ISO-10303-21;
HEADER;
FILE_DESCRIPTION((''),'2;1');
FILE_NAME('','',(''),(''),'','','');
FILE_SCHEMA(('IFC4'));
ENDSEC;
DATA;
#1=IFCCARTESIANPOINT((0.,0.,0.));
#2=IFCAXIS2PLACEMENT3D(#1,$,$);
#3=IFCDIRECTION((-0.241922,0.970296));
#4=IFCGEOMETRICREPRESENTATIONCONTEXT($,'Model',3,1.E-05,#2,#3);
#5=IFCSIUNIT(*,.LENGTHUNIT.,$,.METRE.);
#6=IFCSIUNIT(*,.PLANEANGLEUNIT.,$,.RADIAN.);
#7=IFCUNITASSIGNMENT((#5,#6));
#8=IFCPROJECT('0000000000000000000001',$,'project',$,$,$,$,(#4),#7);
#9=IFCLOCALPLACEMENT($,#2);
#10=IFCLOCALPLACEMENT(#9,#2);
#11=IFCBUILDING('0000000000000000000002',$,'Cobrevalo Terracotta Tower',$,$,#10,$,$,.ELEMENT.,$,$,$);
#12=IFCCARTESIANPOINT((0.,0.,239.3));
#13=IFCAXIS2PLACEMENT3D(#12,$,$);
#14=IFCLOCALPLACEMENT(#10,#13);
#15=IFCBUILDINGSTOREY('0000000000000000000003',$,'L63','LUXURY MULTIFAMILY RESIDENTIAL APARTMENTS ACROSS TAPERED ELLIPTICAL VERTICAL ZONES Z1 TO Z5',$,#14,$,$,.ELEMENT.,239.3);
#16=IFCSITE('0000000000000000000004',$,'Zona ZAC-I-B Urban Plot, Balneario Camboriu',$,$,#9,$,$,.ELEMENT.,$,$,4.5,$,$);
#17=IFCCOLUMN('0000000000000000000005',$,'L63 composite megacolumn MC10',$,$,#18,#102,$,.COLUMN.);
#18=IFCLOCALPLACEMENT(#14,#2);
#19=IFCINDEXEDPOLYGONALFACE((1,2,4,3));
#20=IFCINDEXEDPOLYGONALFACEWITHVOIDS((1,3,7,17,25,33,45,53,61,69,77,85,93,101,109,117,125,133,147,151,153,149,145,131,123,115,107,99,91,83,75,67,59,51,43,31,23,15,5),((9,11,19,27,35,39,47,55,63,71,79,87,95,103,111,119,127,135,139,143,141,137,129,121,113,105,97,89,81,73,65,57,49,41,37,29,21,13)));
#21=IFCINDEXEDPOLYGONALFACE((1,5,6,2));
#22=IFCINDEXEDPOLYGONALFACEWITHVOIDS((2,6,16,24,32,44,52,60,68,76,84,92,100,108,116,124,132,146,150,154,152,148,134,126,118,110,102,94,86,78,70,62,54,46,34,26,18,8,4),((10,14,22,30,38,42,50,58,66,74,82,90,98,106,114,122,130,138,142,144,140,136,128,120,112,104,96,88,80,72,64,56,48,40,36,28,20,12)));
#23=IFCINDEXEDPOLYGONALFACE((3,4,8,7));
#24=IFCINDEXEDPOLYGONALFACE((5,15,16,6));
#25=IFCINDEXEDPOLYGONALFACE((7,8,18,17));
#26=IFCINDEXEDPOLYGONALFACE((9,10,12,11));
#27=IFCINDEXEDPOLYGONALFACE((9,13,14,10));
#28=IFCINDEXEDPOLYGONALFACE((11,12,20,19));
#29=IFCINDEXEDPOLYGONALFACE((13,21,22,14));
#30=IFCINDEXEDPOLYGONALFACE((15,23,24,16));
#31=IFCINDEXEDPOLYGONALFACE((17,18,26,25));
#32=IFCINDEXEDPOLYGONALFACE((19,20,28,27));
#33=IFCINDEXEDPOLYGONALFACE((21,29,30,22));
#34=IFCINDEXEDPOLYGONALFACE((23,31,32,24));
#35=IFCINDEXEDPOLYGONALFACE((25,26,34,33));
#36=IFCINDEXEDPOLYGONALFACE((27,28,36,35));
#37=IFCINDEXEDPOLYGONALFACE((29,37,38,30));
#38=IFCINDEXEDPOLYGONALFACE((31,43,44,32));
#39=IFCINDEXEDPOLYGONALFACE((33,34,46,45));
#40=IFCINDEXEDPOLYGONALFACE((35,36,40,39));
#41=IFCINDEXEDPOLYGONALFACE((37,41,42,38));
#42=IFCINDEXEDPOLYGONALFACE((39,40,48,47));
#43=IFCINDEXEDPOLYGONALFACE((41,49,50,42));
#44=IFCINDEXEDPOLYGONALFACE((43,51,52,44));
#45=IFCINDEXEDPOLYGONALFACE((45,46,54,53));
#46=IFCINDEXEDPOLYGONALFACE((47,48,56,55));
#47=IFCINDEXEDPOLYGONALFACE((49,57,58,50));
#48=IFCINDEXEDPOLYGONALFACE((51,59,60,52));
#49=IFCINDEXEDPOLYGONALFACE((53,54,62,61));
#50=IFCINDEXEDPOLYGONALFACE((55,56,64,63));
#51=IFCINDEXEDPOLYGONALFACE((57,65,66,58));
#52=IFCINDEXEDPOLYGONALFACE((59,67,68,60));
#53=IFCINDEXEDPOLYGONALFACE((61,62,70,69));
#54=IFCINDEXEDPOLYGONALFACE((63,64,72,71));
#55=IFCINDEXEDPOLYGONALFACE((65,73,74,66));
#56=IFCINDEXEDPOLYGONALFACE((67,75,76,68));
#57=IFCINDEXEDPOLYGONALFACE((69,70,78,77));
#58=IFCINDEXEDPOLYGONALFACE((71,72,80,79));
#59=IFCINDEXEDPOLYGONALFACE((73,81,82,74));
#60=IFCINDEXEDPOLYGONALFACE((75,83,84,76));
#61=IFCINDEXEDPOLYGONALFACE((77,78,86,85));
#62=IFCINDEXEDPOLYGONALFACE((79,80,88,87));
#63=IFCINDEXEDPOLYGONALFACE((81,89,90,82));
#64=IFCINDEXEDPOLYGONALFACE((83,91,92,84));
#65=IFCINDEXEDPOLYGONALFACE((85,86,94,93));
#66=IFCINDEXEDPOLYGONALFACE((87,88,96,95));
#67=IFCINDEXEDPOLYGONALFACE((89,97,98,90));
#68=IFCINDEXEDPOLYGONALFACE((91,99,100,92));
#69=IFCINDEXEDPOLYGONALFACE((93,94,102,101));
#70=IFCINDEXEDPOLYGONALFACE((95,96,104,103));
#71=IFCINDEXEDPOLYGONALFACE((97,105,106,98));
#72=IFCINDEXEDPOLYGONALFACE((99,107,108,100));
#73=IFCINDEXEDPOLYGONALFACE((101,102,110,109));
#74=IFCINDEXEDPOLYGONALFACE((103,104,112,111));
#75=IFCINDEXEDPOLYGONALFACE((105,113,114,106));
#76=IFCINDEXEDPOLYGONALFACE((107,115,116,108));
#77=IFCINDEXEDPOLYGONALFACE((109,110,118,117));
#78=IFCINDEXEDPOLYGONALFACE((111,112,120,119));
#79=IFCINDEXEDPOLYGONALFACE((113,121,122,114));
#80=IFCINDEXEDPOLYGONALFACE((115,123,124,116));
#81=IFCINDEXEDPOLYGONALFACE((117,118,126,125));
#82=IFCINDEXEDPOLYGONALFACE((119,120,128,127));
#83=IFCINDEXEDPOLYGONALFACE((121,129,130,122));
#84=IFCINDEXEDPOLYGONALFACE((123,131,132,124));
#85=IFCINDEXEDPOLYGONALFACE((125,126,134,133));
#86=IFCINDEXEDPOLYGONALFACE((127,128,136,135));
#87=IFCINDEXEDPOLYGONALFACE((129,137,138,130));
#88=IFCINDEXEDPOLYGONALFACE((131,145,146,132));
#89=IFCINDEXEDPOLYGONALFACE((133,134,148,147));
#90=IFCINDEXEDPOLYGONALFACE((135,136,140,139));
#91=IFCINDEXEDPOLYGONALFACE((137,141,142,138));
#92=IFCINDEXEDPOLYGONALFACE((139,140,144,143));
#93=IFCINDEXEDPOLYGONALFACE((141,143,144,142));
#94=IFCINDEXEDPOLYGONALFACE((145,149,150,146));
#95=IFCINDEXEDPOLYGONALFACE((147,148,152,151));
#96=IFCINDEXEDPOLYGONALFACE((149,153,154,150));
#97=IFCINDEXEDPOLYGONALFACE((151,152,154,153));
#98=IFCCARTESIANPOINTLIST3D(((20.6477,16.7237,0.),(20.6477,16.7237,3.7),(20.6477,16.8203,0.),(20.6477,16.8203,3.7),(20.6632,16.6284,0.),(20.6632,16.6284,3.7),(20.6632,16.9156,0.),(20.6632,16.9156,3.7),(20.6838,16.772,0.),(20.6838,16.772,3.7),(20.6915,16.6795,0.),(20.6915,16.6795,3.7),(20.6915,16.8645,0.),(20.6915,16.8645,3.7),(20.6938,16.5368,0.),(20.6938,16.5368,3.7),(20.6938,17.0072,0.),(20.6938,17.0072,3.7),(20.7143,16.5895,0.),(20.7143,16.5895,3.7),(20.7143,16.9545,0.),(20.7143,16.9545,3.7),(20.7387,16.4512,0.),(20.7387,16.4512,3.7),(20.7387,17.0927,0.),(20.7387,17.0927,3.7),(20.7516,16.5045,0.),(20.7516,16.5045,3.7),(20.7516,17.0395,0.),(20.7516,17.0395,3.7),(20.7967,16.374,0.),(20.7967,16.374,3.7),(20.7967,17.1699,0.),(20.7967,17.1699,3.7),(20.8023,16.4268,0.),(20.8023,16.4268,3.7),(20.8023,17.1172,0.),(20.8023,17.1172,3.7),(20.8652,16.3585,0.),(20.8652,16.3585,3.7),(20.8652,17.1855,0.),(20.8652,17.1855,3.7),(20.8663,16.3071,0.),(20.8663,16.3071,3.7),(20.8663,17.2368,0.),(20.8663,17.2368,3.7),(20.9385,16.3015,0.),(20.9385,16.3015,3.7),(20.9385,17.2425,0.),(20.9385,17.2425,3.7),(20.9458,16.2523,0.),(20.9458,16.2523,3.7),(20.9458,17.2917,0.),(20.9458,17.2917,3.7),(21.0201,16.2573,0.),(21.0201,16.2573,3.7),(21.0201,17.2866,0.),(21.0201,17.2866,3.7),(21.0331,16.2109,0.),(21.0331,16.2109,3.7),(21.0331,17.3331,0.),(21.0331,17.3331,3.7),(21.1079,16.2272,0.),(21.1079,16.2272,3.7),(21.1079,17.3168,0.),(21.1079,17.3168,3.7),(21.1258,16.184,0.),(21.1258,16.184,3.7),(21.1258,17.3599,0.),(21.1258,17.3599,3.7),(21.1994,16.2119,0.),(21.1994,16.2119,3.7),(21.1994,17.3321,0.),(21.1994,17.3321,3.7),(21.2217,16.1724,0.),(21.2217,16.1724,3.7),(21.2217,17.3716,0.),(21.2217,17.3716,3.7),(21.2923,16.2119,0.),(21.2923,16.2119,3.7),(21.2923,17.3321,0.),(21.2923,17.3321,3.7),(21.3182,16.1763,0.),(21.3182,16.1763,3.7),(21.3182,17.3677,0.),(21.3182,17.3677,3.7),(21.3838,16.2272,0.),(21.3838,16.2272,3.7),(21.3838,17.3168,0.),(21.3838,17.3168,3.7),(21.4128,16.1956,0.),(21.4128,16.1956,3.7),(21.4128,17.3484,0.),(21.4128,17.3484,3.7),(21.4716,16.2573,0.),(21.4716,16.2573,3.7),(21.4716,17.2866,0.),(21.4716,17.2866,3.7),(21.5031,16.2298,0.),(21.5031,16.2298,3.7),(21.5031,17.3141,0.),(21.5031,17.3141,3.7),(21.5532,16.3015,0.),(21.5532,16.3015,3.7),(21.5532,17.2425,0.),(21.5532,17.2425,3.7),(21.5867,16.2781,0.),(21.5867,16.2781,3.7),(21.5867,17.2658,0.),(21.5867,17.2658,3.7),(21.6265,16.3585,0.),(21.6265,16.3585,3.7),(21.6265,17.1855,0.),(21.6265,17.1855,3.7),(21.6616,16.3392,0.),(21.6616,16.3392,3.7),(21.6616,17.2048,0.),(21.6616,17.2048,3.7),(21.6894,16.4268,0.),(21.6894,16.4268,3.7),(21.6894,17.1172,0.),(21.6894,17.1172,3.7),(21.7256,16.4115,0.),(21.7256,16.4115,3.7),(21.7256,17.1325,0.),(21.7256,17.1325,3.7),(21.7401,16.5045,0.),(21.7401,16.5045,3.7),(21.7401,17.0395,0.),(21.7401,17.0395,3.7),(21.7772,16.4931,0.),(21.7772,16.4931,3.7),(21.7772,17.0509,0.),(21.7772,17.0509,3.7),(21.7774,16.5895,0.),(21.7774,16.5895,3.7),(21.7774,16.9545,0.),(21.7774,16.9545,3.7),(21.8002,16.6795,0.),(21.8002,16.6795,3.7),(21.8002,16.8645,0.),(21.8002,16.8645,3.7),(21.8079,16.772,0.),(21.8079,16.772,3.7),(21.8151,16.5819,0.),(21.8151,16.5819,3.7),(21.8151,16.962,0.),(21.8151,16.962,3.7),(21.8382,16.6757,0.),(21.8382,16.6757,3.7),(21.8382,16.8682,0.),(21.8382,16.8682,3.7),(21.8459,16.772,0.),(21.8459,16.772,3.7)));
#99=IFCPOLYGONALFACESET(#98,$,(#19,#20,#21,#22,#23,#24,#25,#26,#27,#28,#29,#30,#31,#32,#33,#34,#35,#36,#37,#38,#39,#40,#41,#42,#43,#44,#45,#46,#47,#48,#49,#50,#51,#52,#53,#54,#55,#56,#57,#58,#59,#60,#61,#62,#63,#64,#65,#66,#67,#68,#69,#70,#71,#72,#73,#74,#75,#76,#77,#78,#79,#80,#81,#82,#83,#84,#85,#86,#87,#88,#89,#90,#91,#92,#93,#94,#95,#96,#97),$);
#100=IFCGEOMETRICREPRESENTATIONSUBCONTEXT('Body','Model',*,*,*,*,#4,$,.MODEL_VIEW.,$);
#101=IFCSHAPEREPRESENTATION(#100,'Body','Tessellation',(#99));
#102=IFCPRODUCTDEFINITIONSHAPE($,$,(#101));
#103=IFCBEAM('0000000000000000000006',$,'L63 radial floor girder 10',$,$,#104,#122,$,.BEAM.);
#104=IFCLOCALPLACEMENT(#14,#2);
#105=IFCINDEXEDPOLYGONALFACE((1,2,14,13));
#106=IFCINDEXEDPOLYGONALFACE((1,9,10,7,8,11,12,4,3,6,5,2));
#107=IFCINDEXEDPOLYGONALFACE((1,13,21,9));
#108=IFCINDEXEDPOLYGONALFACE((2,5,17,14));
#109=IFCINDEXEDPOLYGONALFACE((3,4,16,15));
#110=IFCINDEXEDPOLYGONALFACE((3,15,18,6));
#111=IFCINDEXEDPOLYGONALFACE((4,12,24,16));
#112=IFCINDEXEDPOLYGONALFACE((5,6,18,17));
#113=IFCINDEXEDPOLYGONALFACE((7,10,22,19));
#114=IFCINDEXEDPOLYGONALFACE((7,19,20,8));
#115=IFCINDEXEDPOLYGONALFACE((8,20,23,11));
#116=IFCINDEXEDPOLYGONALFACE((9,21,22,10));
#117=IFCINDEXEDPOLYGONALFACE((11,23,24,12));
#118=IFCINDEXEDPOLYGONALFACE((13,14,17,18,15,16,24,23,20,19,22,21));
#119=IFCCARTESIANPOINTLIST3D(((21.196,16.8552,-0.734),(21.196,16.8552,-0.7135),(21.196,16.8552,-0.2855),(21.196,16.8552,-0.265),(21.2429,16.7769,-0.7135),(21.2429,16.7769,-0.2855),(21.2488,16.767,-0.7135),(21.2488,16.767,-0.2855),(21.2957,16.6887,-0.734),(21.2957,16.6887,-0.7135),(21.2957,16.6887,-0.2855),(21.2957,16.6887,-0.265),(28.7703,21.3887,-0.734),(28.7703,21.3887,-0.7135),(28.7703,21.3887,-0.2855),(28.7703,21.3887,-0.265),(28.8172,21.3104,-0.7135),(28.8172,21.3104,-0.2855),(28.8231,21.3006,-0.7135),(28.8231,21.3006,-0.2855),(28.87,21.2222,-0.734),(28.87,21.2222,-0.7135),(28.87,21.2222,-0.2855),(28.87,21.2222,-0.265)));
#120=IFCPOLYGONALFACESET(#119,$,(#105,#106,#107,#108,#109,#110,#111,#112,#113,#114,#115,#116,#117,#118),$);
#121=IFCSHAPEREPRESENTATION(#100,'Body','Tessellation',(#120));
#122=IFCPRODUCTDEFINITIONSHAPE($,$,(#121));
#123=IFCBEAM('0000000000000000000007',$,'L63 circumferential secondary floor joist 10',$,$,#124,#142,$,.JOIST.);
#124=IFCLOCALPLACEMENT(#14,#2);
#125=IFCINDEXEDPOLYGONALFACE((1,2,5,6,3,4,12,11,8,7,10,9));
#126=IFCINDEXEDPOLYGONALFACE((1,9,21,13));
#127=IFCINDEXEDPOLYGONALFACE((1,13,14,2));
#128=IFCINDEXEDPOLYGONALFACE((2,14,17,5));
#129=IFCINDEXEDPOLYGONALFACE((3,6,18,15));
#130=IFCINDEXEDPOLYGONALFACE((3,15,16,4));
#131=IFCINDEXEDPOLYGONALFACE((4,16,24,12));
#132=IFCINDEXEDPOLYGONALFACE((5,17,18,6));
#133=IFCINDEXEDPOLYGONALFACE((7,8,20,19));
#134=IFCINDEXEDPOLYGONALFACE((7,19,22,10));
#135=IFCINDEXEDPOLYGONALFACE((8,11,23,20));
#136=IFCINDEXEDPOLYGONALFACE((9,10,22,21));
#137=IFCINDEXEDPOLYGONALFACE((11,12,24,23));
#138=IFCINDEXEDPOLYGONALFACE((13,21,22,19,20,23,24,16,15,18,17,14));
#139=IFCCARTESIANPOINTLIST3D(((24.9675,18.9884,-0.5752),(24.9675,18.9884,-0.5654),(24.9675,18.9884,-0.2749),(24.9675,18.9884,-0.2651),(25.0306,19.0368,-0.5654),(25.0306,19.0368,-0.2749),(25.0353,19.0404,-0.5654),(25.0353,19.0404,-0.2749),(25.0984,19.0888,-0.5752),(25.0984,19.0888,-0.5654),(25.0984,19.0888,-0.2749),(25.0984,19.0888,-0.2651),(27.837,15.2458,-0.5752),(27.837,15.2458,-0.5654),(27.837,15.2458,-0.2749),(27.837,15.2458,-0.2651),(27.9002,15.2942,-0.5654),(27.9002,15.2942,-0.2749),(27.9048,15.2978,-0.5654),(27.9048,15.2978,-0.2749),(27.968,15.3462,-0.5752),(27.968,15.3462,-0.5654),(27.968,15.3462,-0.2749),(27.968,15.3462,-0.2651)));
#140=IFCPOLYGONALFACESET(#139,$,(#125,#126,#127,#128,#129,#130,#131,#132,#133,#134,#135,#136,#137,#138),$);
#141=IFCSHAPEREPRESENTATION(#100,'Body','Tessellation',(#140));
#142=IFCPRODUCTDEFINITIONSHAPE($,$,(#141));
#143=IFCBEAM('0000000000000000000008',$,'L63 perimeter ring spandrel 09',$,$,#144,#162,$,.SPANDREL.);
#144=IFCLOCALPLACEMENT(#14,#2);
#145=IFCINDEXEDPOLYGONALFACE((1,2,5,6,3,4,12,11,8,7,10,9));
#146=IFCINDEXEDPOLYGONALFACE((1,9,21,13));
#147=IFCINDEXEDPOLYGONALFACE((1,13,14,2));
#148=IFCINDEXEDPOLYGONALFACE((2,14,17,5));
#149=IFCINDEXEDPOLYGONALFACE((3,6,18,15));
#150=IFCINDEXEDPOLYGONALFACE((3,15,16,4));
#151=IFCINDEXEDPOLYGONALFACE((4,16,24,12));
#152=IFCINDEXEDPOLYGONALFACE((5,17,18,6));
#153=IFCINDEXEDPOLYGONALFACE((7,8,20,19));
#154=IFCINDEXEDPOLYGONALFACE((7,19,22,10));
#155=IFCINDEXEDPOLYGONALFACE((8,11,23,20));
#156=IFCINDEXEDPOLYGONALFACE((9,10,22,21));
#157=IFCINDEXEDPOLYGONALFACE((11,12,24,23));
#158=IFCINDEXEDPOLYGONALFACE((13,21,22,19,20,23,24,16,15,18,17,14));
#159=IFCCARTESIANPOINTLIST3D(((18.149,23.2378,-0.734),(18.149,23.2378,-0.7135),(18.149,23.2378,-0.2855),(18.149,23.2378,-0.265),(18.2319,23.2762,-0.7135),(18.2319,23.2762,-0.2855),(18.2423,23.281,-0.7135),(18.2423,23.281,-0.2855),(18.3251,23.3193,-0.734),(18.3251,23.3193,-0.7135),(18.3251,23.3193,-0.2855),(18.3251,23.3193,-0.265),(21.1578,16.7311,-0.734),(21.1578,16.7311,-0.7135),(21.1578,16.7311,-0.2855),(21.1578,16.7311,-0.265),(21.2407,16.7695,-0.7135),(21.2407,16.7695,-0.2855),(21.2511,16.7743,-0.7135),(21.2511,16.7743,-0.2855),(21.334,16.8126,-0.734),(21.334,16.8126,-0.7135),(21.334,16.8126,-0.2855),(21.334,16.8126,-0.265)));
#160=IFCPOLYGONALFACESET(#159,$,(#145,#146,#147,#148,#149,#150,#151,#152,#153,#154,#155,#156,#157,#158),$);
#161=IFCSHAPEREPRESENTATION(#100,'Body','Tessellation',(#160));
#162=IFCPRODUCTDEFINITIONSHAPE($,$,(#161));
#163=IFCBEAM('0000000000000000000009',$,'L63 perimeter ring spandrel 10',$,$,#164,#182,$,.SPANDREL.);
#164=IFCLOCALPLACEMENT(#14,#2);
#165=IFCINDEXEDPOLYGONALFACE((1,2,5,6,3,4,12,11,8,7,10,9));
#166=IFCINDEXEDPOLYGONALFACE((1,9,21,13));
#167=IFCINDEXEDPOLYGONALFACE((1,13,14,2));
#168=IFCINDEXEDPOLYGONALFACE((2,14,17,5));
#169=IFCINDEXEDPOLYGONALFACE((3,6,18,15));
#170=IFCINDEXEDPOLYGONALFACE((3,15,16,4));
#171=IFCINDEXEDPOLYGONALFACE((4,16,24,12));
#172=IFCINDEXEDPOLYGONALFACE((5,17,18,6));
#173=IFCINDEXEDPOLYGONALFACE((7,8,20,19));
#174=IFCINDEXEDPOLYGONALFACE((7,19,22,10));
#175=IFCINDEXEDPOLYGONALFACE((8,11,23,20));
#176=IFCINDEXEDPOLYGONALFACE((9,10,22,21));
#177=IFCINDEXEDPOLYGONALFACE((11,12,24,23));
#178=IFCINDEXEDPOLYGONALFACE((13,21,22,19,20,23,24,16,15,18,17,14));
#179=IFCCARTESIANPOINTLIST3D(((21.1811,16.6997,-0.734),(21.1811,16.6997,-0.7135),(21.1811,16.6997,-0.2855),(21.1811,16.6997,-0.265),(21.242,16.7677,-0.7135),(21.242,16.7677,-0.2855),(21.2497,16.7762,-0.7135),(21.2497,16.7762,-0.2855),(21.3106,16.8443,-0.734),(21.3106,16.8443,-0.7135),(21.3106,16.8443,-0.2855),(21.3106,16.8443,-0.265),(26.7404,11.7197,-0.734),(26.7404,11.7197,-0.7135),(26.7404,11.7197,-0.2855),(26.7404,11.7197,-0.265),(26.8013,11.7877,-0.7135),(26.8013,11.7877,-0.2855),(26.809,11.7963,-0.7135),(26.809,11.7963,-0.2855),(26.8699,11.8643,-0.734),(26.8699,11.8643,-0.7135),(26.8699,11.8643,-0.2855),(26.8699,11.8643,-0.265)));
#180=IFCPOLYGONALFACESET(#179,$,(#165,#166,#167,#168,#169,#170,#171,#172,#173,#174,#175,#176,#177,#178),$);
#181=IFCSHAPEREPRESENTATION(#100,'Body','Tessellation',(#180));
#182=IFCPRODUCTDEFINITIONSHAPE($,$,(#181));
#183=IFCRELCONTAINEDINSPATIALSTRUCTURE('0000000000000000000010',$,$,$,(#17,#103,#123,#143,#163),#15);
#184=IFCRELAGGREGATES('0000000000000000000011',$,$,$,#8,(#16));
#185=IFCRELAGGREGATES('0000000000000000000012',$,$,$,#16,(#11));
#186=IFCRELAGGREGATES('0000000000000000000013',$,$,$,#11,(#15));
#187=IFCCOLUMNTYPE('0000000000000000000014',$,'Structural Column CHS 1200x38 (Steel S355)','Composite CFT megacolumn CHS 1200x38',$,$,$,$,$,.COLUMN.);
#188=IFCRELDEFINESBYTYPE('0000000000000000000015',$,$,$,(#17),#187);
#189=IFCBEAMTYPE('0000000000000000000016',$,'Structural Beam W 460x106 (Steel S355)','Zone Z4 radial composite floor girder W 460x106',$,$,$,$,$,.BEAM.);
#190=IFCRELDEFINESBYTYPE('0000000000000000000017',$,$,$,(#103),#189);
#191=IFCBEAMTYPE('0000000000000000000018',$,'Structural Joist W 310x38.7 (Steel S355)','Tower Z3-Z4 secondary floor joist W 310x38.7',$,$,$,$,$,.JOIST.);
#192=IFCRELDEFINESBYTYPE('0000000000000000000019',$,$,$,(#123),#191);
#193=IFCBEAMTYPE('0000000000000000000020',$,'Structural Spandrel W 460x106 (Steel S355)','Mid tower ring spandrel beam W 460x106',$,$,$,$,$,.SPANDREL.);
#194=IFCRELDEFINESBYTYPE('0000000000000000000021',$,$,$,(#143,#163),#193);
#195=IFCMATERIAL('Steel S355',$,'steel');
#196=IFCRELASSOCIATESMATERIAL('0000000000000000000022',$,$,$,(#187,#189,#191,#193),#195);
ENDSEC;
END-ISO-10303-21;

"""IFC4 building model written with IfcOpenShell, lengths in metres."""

from ifc_helpers import new_model, si_unit, direction, frame, origin, origin_2d, place, context, subcontext, project, spatial, hollow_circle, i_section, extrude, material, material_profile, profile_set, type_object, element, save


model = new_model("IFC4")

# Units and contexts
model_context = context("Model", 3, precision=1e-05, world=origin(), true_north=direction((-0.241922, 0.970296)))
body_context = subcontext(model_context, "Body", "Model", "MODEL_VIEW")
ifc_project = project(units=[si_unit("LENGTHUNIT", "METRE"), si_unit("PLANEANGLEUNIT", "RADIAN")], contexts=[model_context])

# Site, building, storey
site_placement = place(None, origin())
site = spatial("IfcSite", under=ifc_project, at=site_placement, Name="Zona ZAC-I-B Urban Plot, Balneario Camboriu", CompositionType="ELEMENT", RefElevation=4.5)
building_placement = place(site_placement, origin())
building = spatial("IfcBuilding", under=site, at=building_placement, Name="Cobrevalo Terracotta Tower", CompositionType="ELEMENT")
storey_placement = place(building_placement, frame((0.0, 0.0, 239.3)))
storey = spatial("IfcBuildingStorey", under=building, at=storey_placement, Name="L63", Description="LUXURY MULTIFAMILY RESIDENTIAL APARTMENTS ACROSS TAPERED ELLIPTICAL VERTICAL ZONES Z1 TO Z5", CompositionType="ELEMENT", Elevation=239.3)

# Column
ifc_material_1 = material(Name="Steel S355", Category="steel")
ifc_material_profile_1 = material_profile(ifc_material_1, hollow_circle(Radius=0.6001, WallThickness=0.0381, at=origin_2d()), Name="CHS 1200x38")
ifc_profile_set_1 = profile_set([ifc_material_profile_1], Name="Steel S355")
column_type = type_object("IfcColumnType", Name="Structural Column CHS 1200x38 (Steel S355)", Description="Composite CFT megacolumn CHS 1200x38", PredefinedType="COLUMN", material=ifc_profile_set_1)
column_placement = place(storey_placement, frame((21.2458, 16.772, 0.0), z_axis=(0.0, 0.0, 1.0), x_axis=(1.0, 0.0, 0.0)))
element("IfcColumn", 1, at=column_placement, inside=storey, type_object=column_type, Name="L63 composite megacolumn MC10", PredefinedType="COLUMN", context=body_context, shape_type="SweptSolid", body=[
    extrude(hollow_circle(Radius=0.6001, WallThickness=0.0381, at=origin_2d()), origin(), (0.0, 0.0, 1.0), 3.7),
])

# Beams
ifc_material_profile_2 = material_profile(ifc_material_1, i_section(OverallWidth=0.1941, OverallDepth=0.469, WebThickness=0.0115, FlangeThickness=0.0205, at=origin_2d()), Name="W 460x106")
ifc_profile_set_2 = profile_set([ifc_material_profile_2], Name="Steel S355")
beam_type_1 = type_object("IfcBeamType", Name="Structural Beam W 460x106 (Steel S355)", Description="Zone Z4 radial composite floor girder W 460x106", PredefinedType="BEAM", material=ifc_profile_set_2)
beam_1_placement = place(storey_placement, frame((21.2458, 16.772, -0.4995), z_axis=(0.858046, 0.513572, 0.0), x_axis=(-0.513572, 0.858046, 0.0)))
element("IfcBeam", 2, at=beam_1_placement, inside=storey, type_object=beam_type_1, Name="L63 radial floor girder 10", PredefinedType="BEAM", context=body_context, shape_type="SweptSolid", body=[
    extrude(i_section(OverallWidth=0.1941, OverallDepth=0.469, WebThickness=0.0115, FlangeThickness=0.0205, at=origin_2d()), origin(), (0.0, 0.0, 1.0), 8.8274),
])
ifc_material_profile_3 = material_profile(ifc_material_1, i_section(OverallWidth=0.165, OverallDepth=0.3101, WebThickness=0.0059, FlangeThickness=0.0098, at=origin_2d()), Name="W 310x38.7")
ifc_profile_set_3 = profile_set([ifc_material_profile_3], Name="Steel S355")
beam_type_2 = type_object("IfcBeamType", Name="Structural Joist W 310x38.7 (Steel S355)", Description="Tower Z3-Z4 secondary floor joist W 310x38.7", PredefinedType="JOIST", material=ifc_profile_set_3)
beam_2_placement = place(storey_placement, frame((25.033, 19.0386, -0.4202), z_axis=(0.608464, -0.793581, 0.0), x_axis=(0.793581, 0.608464, 0.0)))
element("IfcBeam", 3, at=beam_2_placement, inside=storey, type_object=beam_type_2, Name="L63 circumferential secondary floor joist 10", PredefinedType="JOIST", context=body_context, shape_type="SweptSolid", body=[
    extrude(i_section(OverallWidth=0.165, OverallDepth=0.3101, WebThickness=0.0059, FlangeThickness=0.0098, at=origin_2d()), origin(), (0.0, 0.0, 1.0), 4.7161),
])
ifc_material_profile_4 = material_profile(ifc_material_1, i_section(OverallWidth=0.1941, OverallDepth=0.469, WebThickness=0.0115, FlangeThickness=0.0205, at=origin_2d()), Name="W 460x106")
ifc_profile_set_4 = profile_set([ifc_material_profile_4], Name="Steel S355")
beam_type_3 = type_object("IfcBeamType", Name="Structural Spandrel W 460x106 (Steel S355)", Description="Mid tower ring spandrel beam W 460x106", PredefinedType="SPANDREL", material=ifc_profile_set_4)
beam_3_placement = place(storey_placement, frame((18.2371, 23.2786, -0.4995), z_axis=(0.419719, -0.907654, 0.0), x_axis=(0.907654, 0.419719, 0.0)))
element("IfcBeam", 4, at=beam_3_placement, inside=storey, type_object=beam_type_3, Name="L63 perimeter ring spandrel 09", PredefinedType="SPANDREL", context=body_context, shape_type="SweptSolid", body=[
    extrude(i_section(OverallWidth=0.1941, OverallDepth=0.469, WebThickness=0.0115, FlangeThickness=0.0205, at=origin_2d()), origin(), (0.0, 0.0, 1.0), 7.1687),
])
beam_4_placement = place(storey_placement, frame((21.2458, 16.772, -0.4995), z_axis=(0.744852, -0.66723, 0.0), x_axis=(0.66723, 0.744852, 0.0)))
element("IfcBeam", 5, at=beam_4_placement, inside=storey, type_object=beam_type_3, Name="L63 perimeter ring spandrel 10", PredefinedType="SPANDREL", context=body_context, shape_type="SweptSolid", body=[
    extrude(i_section(OverallWidth=0.1941, OverallDepth=0.469, WebThickness=0.0115, FlangeThickness=0.0205, at=origin_2d()), origin(), (0.0, 0.0, 1.0), 7.4636),
])

save(model, "model.ifc")
